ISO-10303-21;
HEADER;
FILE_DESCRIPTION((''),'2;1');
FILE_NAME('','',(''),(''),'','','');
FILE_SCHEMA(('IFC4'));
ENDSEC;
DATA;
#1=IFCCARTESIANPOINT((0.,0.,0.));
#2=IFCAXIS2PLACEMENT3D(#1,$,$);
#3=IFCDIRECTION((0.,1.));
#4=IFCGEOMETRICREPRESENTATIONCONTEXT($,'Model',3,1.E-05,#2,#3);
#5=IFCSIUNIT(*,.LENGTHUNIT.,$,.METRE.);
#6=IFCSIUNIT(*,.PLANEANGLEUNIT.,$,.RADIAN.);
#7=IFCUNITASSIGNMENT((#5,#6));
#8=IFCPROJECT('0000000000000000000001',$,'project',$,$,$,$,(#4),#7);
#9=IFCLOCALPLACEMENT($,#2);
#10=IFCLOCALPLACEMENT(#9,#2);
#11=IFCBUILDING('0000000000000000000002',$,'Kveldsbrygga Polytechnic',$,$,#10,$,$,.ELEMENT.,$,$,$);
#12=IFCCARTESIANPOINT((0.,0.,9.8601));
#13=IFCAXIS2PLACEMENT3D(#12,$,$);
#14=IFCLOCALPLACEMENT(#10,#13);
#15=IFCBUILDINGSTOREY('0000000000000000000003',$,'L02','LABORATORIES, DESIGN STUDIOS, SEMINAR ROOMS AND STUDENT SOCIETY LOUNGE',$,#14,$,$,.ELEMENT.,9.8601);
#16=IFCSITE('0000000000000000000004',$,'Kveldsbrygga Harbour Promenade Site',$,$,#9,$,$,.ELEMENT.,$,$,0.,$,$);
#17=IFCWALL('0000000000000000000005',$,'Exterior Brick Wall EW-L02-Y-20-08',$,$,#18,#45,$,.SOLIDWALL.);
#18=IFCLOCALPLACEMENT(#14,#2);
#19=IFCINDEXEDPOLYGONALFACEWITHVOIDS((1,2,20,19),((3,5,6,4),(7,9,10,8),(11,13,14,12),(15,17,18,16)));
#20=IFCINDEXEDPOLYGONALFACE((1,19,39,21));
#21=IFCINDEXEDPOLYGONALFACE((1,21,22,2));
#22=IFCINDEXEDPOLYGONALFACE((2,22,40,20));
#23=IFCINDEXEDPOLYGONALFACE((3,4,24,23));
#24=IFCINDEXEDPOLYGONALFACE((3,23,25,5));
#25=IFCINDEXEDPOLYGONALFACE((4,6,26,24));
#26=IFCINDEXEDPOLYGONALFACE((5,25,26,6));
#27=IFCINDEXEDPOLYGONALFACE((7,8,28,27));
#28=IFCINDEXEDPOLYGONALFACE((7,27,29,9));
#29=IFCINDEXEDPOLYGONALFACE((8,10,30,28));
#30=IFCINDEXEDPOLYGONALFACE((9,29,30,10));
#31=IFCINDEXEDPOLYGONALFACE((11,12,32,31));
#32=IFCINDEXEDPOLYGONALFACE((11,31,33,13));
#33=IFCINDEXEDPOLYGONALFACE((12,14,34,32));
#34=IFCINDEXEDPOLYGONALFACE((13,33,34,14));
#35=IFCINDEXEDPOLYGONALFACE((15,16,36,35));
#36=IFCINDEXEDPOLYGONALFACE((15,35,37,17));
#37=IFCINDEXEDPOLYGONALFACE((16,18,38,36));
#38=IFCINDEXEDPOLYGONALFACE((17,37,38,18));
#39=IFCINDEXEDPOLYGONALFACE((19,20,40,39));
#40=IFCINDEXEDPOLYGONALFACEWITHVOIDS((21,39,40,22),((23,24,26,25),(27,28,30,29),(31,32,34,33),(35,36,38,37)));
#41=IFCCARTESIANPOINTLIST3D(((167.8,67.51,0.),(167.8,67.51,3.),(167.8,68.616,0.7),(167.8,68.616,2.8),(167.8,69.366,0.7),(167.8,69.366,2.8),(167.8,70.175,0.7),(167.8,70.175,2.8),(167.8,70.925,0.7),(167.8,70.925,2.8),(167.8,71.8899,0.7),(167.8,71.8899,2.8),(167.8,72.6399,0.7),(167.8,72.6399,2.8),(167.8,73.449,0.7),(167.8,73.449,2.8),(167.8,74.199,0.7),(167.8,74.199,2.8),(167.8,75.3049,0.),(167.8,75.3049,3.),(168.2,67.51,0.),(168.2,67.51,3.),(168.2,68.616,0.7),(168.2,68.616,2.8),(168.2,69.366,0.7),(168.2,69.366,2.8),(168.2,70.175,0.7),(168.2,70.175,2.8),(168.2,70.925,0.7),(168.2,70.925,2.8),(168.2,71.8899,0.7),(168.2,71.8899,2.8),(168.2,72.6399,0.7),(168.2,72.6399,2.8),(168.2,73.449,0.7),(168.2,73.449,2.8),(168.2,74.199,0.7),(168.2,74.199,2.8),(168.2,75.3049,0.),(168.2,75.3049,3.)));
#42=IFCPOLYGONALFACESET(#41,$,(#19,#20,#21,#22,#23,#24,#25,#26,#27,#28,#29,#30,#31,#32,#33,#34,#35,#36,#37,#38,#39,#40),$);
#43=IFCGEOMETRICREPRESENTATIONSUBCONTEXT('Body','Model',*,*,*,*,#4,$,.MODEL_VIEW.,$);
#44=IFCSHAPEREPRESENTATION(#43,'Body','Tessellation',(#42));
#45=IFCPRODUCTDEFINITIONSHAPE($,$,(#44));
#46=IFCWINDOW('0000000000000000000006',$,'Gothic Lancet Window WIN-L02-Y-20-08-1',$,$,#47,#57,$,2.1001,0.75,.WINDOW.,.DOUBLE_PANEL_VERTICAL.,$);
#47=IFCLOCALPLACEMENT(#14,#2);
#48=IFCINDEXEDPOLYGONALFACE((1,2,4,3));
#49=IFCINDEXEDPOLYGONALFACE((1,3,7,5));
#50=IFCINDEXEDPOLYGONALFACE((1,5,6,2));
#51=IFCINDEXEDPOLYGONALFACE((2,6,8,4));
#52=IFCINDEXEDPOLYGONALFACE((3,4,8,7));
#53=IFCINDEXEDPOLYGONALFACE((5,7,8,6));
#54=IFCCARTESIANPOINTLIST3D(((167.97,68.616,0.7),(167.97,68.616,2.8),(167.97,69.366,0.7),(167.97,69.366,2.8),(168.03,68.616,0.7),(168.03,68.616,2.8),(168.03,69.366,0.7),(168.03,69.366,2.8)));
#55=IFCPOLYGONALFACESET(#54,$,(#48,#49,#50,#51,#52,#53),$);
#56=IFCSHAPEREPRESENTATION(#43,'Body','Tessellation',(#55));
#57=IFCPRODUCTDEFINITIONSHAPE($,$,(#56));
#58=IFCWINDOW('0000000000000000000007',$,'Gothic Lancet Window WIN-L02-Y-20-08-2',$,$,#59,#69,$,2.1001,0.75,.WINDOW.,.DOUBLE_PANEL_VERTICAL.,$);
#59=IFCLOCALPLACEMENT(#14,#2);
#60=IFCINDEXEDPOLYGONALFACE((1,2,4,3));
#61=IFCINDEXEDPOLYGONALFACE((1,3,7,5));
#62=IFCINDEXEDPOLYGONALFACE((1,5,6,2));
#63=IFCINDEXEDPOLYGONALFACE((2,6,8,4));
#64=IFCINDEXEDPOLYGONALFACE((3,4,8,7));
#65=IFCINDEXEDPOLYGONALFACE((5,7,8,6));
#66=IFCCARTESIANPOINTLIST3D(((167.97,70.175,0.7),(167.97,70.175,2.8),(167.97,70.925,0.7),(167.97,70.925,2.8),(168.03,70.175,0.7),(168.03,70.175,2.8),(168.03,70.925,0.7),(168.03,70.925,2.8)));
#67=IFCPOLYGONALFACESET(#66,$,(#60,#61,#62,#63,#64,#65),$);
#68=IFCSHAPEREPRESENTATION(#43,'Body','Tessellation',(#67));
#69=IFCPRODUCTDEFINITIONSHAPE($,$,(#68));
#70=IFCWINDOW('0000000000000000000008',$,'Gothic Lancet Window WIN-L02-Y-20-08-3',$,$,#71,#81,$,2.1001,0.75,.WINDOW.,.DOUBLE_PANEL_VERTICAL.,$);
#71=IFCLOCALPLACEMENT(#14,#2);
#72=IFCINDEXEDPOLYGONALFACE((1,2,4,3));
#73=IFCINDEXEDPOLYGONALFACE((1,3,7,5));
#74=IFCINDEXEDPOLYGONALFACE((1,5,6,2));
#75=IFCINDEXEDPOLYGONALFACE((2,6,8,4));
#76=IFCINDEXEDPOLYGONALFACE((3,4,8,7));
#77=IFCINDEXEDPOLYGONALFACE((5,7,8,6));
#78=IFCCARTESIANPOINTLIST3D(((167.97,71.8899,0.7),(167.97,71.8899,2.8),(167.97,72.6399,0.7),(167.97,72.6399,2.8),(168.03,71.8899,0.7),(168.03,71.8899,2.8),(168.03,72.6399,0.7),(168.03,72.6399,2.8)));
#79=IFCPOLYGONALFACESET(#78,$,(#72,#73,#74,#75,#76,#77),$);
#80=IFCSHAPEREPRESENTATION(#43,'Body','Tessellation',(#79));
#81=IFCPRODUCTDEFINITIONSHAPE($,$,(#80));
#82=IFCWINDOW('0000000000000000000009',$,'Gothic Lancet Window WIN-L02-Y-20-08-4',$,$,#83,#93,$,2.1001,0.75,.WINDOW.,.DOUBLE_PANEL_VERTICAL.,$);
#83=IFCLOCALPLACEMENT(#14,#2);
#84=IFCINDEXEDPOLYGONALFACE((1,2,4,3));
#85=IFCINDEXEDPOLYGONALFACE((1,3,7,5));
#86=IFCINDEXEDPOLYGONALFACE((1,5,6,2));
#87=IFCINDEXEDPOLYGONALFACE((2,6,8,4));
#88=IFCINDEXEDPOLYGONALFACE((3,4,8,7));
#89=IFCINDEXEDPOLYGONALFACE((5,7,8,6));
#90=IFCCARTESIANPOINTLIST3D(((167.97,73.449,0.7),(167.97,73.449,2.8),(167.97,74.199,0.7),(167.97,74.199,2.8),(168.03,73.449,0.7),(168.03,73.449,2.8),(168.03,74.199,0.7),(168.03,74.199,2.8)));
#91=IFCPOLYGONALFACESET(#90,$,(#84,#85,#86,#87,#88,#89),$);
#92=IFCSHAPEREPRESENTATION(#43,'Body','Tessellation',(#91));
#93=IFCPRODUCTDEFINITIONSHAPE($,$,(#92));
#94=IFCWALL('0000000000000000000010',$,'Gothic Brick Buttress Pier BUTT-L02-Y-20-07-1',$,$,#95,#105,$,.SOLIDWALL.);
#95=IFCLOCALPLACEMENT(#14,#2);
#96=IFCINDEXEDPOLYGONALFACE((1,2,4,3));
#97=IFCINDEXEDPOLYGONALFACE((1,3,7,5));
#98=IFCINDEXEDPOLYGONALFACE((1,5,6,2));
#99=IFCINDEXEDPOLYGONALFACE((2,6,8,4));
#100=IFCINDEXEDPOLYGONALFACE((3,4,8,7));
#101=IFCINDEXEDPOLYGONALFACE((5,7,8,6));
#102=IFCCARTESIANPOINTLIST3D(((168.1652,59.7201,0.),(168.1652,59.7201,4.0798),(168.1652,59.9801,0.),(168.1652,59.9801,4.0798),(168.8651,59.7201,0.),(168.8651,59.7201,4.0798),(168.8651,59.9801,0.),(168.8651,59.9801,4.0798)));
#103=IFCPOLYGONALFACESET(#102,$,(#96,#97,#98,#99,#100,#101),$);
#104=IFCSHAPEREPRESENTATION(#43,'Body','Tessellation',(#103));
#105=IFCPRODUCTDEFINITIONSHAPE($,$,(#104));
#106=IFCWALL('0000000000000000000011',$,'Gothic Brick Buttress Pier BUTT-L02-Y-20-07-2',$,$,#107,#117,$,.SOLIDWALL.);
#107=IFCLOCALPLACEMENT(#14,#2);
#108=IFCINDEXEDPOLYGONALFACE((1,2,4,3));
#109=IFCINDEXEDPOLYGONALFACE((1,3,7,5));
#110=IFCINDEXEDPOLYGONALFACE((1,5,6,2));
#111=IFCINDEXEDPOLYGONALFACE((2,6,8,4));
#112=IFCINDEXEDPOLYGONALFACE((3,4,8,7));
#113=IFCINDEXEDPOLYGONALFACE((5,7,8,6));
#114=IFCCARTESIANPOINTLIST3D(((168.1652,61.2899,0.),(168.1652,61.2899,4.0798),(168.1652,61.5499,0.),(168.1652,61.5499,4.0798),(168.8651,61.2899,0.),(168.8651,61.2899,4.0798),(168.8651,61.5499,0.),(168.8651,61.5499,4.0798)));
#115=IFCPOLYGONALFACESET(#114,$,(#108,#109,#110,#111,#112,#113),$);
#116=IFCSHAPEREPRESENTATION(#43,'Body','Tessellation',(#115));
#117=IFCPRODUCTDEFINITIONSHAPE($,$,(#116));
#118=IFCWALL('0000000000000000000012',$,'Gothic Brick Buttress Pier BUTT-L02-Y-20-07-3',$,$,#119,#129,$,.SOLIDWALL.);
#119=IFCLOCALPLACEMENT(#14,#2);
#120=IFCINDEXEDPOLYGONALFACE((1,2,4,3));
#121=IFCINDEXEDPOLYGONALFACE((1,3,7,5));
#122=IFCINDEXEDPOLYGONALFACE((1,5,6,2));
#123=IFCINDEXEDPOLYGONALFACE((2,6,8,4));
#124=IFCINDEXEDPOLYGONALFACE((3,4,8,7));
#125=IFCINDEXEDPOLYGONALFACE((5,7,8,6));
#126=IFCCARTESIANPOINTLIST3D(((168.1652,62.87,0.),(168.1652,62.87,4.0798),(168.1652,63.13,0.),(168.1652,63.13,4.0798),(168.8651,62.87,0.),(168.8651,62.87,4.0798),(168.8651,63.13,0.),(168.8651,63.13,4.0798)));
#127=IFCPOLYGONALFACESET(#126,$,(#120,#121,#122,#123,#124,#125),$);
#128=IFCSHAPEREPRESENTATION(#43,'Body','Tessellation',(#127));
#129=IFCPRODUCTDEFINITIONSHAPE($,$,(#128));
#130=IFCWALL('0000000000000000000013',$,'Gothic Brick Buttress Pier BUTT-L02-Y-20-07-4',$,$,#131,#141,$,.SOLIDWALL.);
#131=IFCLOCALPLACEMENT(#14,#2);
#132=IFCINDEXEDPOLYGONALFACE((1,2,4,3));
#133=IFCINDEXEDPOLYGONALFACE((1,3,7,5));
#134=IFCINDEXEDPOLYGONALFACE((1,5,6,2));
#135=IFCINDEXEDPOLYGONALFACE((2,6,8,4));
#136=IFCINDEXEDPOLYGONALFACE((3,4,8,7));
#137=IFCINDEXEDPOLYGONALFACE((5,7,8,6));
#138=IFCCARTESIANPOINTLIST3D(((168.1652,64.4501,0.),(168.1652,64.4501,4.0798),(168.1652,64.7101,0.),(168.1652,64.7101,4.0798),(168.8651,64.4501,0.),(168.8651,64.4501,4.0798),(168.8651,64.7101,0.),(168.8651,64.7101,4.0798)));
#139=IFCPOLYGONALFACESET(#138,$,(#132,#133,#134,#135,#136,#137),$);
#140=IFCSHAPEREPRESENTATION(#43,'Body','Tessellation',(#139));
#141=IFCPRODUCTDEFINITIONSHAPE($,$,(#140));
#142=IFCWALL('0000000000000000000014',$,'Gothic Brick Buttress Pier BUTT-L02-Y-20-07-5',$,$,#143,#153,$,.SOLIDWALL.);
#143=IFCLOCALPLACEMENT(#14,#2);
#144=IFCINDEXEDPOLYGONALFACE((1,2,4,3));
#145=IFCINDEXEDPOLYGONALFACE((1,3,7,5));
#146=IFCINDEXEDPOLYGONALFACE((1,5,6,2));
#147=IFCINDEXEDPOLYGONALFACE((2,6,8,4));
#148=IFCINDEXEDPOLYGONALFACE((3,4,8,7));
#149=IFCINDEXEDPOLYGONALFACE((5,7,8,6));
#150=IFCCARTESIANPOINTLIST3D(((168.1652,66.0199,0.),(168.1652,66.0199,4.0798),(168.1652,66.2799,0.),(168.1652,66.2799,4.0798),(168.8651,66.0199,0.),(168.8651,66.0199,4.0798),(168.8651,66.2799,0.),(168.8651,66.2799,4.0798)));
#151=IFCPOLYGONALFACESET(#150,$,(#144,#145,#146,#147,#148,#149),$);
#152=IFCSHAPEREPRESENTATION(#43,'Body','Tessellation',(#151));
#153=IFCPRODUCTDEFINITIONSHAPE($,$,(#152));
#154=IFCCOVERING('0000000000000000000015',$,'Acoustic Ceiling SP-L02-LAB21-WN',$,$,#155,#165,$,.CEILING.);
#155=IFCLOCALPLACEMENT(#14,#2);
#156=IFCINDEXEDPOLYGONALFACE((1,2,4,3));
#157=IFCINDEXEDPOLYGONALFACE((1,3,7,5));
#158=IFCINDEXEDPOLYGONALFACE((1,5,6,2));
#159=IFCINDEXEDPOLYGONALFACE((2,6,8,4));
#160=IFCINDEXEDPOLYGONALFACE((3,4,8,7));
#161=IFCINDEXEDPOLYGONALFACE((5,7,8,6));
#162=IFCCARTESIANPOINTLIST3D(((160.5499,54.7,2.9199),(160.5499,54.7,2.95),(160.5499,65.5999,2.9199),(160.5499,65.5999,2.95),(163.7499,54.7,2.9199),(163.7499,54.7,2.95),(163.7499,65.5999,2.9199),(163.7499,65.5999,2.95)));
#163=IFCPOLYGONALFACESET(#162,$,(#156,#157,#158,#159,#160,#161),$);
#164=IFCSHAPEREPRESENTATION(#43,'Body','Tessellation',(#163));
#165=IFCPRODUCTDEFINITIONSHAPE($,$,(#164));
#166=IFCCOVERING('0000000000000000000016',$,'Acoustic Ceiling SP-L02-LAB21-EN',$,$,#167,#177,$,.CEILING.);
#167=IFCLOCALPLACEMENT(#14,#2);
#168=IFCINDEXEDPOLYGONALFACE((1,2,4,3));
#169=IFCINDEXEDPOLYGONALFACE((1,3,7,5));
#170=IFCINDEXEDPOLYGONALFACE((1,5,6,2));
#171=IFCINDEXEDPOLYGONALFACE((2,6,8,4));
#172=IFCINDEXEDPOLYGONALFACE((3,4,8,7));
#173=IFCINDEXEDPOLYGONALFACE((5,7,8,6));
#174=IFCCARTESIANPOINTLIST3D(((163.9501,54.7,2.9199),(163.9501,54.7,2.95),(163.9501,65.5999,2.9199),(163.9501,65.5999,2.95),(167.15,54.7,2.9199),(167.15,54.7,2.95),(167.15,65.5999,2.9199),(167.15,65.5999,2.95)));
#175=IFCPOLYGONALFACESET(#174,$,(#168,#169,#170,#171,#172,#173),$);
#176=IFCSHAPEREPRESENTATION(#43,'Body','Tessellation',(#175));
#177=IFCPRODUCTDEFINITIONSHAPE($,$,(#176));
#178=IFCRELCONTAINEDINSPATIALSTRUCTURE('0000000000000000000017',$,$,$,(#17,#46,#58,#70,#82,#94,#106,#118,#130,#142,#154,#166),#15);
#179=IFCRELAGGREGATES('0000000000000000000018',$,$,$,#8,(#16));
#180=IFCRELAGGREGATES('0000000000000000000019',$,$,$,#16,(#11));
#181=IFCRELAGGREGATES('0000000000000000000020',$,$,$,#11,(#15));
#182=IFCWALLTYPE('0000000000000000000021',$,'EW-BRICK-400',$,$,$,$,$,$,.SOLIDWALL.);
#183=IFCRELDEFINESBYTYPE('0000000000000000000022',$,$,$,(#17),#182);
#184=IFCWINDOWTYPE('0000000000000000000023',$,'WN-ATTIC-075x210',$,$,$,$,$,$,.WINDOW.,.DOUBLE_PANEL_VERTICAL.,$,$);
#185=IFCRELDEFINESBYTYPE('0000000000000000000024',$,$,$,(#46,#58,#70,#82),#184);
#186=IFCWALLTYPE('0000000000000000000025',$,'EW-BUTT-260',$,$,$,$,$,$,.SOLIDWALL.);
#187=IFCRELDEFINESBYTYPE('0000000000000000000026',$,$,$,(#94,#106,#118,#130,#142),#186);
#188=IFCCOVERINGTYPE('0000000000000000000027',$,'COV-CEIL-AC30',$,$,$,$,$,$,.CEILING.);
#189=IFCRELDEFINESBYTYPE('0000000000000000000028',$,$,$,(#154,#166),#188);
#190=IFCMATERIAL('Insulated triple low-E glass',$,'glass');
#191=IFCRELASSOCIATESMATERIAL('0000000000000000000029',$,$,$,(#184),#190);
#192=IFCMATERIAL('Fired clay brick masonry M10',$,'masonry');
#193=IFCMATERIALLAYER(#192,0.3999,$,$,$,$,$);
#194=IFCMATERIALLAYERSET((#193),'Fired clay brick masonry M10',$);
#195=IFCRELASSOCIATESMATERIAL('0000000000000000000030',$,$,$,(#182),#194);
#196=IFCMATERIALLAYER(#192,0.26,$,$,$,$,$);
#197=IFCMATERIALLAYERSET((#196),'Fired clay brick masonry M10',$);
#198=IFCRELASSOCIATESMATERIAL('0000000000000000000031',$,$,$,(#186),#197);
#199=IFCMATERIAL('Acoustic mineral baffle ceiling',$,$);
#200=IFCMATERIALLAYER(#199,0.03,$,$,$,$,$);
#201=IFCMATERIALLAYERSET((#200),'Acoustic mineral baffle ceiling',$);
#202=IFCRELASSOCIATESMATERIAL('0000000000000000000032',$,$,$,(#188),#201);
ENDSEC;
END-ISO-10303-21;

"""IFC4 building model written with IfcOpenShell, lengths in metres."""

from ifc_helpers import new_model, si_unit, direction, frame, frame_2d, origin, origin_2d, place, context, subcontext, project, spatial, rectangle, extrude, material, layer, layer_set, type_object, element, fill, save


model = new_model("IFC4")

# Units and contexts
model_context = context("Model", 3, precision=1e-05, world=origin(), true_north=direction((0.0, 1.0)))
body_context = subcontext(model_context, "Body", "Model", "MODEL_VIEW")
ifc_project = project(units=[si_unit("LENGTHUNIT", "METRE"), si_unit("PLANEANGLEUNIT", "RADIAN")], contexts=[model_context])

# Site, building, storey
site_placement = place(None, origin())
site = spatial("IfcSite", under=ifc_project, at=site_placement, Name="Kveldsbrygga Harbour Promenade Site", CompositionType="ELEMENT", RefElevation=0.0)
building_placement = place(site_placement, origin())
building = spatial("IfcBuilding", under=site, at=building_placement, Name="Kveldsbrygga Polytechnic", CompositionType="ELEMENT")
storey_placement = place(building_placement, frame((0.0, 0.0, 9.8601)))
storey = spatial("IfcBuildingStorey", under=building, at=storey_placement, Name="L02", Description="LABORATORIES, DESIGN STUDIOS, SEMINAR ROOMS AND STUDENT SOCIETY LOUNGE", CompositionType="ELEMENT", Elevation=9.8601)

# Wall, openings, windows
ifc_material_1 = material(Name="Fired clay brick masonry M10", Category="masonry")
ifc_material_2 = material(Name="Insulated triple low-E glass", Category="glass")
window_type = type_object("IfcWindowType", Name="WN-ATTIC-075x210", PartitioningType="DOUBLE_PANEL_VERTICAL", PredefinedType="WINDOW", material=ifc_material_2)
ifc_layer_1 = layer(ifc_material_1, 0.3999)
ifc_layer_set_1 = layer_set([ifc_layer_1], Name="Fired clay brick masonry M10")
wall_type_1 = type_object("IfcWallType", Name="EW-BRICK-400", PredefinedType="SOLIDWALL", material=ifc_layer_set_1)
wall_1_placement = place(storey_placement, frame((168.0, 67.51, 0.0), z_axis=(0.0, 0.0, 1.0), x_axis=(0.0, 1.0, 0.0)))
wall_1 = element("IfcWall", 1, at=wall_1_placement, inside=storey, type_object=wall_type_1, Name="Exterior Brick Wall EW-L02-Y-20-08", PredefinedType="SOLIDWALL", context=body_context, shape_type="SweptSolid", body=[
    extrude(rectangle(XDim=7.7949, YDim=0.3999, at=frame_2d((3.8975, 0.0))), origin(), (0.0, 0.0, 1.0), 3.0),
])
opening_1_placement = place(wall_1_placement, frame((1.106, 0.0, 0.7)))
opening_1 = element("IfcOpeningElement", 2, at=opening_1_placement, cuts=wall_1, PredefinedType="OPENING", context=body_context, shape_type="SweptSolid", body=[
    extrude(rectangle(XDim=0.75, YDim=2.1001, at=frame_2d((0.375, 1.05))), frame((0.0, 0.21, 0.0), z_axis=(0.0, -1.0, 0.0), x_axis=(1.0, 0.0, 0.0)), (0.0, 0.0, 1.0), 0.4199),
])
opening_2_placement = place(wall_1_placement, frame((2.665, 0.0, 0.7)))
opening_2 = element("IfcOpeningElement", 3, at=opening_2_placement, cuts=wall_1, PredefinedType="OPENING", context=body_context, shape_type="SweptSolid", body=[
    extrude(rectangle(XDim=0.75, YDim=2.1001, at=frame_2d((0.375, 1.05))), frame((0.0, 0.21, 0.0), z_axis=(0.0, -1.0, 0.0), x_axis=(1.0, 0.0, 0.0)), (0.0, 0.0, 1.0), 0.4199),
])
opening_3_placement = place(wall_1_placement, frame((4.3799, 0.0, 0.7)))
opening_3 = element("IfcOpeningElement", 4, at=opening_3_placement, cuts=wall_1, PredefinedType="OPENING", context=body_context, shape_type="SweptSolid", body=[
    extrude(rectangle(XDim=0.75, YDim=2.1001, at=frame_2d((0.375, 1.05))), frame((0.0, 0.21, 0.0), z_axis=(0.0, -1.0, 0.0), x_axis=(1.0, 0.0, 0.0)), (0.0, 0.0, 1.0), 0.4199),
])
opening_4_placement = place(wall_1_placement, frame((5.939, 0.0, 0.7)))
opening_4 = element("IfcOpeningElement", 5, at=opening_4_placement, cuts=wall_1, PredefinedType="OPENING", context=body_context, shape_type="SweptSolid", body=[
    extrude(rectangle(XDim=0.75, YDim=2.1001, at=frame_2d((0.375, 1.05))), frame((0.0, 0.21, 0.0), z_axis=(0.0, -1.0, 0.0), x_axis=(1.0, 0.0, 0.0)), (0.0, 0.0, 1.0), 0.4199),
])
window_1_placement = place(opening_1_placement, origin())
window_1 = element("IfcWindow", 6, at=window_1_placement, inside=storey, type_object=window_type, Name="Gothic Lancet Window WIN-L02-Y-20-08-1", OverallHeight=2.1001, OverallWidth=0.75, PartitioningType="DOUBLE_PANEL_VERTICAL", PredefinedType="WINDOW", context=body_context, shape_type="SweptSolid", body=[
    extrude(rectangle(XDim=0.75, YDim=2.1001, at=frame_2d((0.375, 1.05))), frame((0.0, 0.03, 0.0), z_axis=(0.0, -1.0, 0.0), x_axis=(1.0, 0.0, 0.0)), (0.0, 0.0, 1.0), 0.0601),
])
fill(opening_1, window_1)
window_2_placement = place(opening_2_placement, origin())
window_2 = element("IfcWindow", 7, at=window_2_placement, inside=storey, type_object=window_type, Name="Gothic Lancet Window WIN-L02-Y-20-08-2", OverallHeight=2.1001, OverallWidth=0.75, PartitioningType="DOUBLE_PANEL_VERTICAL", PredefinedType="WINDOW", context=body_context, shape_type="SweptSolid", body=[
    extrude(rectangle(XDim=0.75, YDim=2.1001, at=frame_2d((0.375, 1.05))), frame((0.0, 0.03, 0.0), z_axis=(0.0, -1.0, 0.0), x_axis=(1.0, 0.0, 0.0)), (0.0, 0.0, 1.0), 0.0601),
])
fill(opening_2, window_2)
window_3_placement = place(opening_3_placement, origin())
window_3 = element("IfcWindow", 8, at=window_3_placement, inside=storey, type_object=window_type, Name="Gothic Lancet Window WIN-L02-Y-20-08-3", OverallHeight=2.1001, OverallWidth=0.75, PartitioningType="DOUBLE_PANEL_VERTICAL", PredefinedType="WINDOW", context=body_context, shape_type="SweptSolid", body=[
    extrude(rectangle(XDim=0.75, YDim=2.1001, at=frame_2d((0.375, 1.05))), frame((0.0, 0.03, 0.0), z_axis=(0.0, -1.0, 0.0), x_axis=(1.0, 0.0, 0.0)), (0.0, 0.0, 1.0), 0.0601),
])
fill(opening_3, window_3)
window_4_placement = place(opening_4_placement, origin())
window_4 = element("IfcWindow", 9, at=window_4_placement, inside=storey, type_object=window_type, Name="Gothic Lancet Window WIN-L02-Y-20-08-4", OverallHeight=2.1001, OverallWidth=0.75, PartitioningType="DOUBLE_PANEL_VERTICAL", PredefinedType="WINDOW", context=body_context, shape_type="SweptSolid", body=[
    extrude(rectangle(XDim=0.75, YDim=2.1001, at=frame_2d((0.375, 1.05))), frame((0.0, 0.03, 0.0), z_axis=(0.0, -1.0, 0.0), x_axis=(1.0, 0.0, 0.0)), (0.0, 0.0, 1.0), 0.0601),
])
fill(opening_4, window_4)

# Walls
ifc_layer_2 = layer(ifc_material_1, 0.26)
ifc_layer_set_2 = layer_set([ifc_layer_2], Name="Fired clay brick masonry M10")
wall_type_2 = type_object("IfcWallType", Name="EW-BUTT-260", PredefinedType="SOLIDWALL", material=ifc_layer_set_2)
for number, where, z_axis, x_axis, name in (
    (10, (168.165, 59.8501, 0.0), (0.0, 0.0, 1.0), (1.0, 0.0, 0.0), "Gothic Brick Buttress Pier BUTT-L02-Y-20-07-1"),
    (11, (168.165, 61.4199, 0.0), (0.0, 0.0, 1.0), (1.0, 0.0, 0.0), "Gothic Brick Buttress Pier BUTT-L02-Y-20-07-2"),
    (12, (168.165, 63.0, 0.0), (0.0, 0.0, 1.0), (1.0, 0.0, 0.0), "Gothic Brick Buttress Pier BUTT-L02-Y-20-07-3"),
    (13, (168.165, 64.5801, 0.0), (0.0, 0.0, 1.0), (1.0, 0.0, 0.0), "Gothic Brick Buttress Pier BUTT-L02-Y-20-07-4"),
    (14, (168.165, 66.1499, 0.0), (0.0, 0.0, 1.0), (1.0, 0.0, 0.0), "Gothic Brick Buttress Pier BUTT-L02-Y-20-07-5"),
):
    element("IfcWall", number, at=place(storey_placement, frame(where, z_axis=z_axis, x_axis=x_axis)), inside=storey, type_object=wall_type_2, Name=name, PredefinedType="SOLIDWALL", context=body_context, shape_type="SweptSolid", body=[
        extrude(rectangle(XDim=0.7, YDim=0.26, at=frame_2d((0.3501, 0.0))), origin(), (0.0, 0.0, 1.0), 4.0798),
    ])

# Coverings
ifc_material_3 = material(Name="Acoustic mineral baffle ceiling")
ifc_layer_3 = layer(ifc_material_3, 0.03)
ifc_layer_set_3 = layer_set([ifc_layer_3], Name="Acoustic mineral baffle ceiling")
covering_type_1 = type_object("IfcCoveringType", Name="COV-CEIL-AC30", PredefinedType="CEILING", material=ifc_layer_set_3)
for number, where, z_axis, x_axis, name in (
    (15, (162.1499, 60.1499, 2.9199), (0.0, 0.0, 1.0), (1.0, 0.0, 0.0), "Acoustic Ceiling SP-L02-LAB21-WN"),
    (16, (165.55, 60.1499, 2.9199), (0.0, 0.0, 1.0), (1.0, 0.0, 0.0), "Acoustic Ceiling SP-L02-LAB21-EN"),
):
    element("IfcCovering", number, at=place(storey_placement, frame(where, z_axis=z_axis, x_axis=x_axis)), inside=storey, type_object=covering_type_1, Name=name, PredefinedType="CEILING", context=body_context, shape_type="SweptSolid", body=[
        extrude(rectangle(XDim=3.2, YDim=10.8999, at=origin_2d()), origin(), (0.0, 0.0, 1.0), 0.03),
    ])

save(model, "model.ifc")
